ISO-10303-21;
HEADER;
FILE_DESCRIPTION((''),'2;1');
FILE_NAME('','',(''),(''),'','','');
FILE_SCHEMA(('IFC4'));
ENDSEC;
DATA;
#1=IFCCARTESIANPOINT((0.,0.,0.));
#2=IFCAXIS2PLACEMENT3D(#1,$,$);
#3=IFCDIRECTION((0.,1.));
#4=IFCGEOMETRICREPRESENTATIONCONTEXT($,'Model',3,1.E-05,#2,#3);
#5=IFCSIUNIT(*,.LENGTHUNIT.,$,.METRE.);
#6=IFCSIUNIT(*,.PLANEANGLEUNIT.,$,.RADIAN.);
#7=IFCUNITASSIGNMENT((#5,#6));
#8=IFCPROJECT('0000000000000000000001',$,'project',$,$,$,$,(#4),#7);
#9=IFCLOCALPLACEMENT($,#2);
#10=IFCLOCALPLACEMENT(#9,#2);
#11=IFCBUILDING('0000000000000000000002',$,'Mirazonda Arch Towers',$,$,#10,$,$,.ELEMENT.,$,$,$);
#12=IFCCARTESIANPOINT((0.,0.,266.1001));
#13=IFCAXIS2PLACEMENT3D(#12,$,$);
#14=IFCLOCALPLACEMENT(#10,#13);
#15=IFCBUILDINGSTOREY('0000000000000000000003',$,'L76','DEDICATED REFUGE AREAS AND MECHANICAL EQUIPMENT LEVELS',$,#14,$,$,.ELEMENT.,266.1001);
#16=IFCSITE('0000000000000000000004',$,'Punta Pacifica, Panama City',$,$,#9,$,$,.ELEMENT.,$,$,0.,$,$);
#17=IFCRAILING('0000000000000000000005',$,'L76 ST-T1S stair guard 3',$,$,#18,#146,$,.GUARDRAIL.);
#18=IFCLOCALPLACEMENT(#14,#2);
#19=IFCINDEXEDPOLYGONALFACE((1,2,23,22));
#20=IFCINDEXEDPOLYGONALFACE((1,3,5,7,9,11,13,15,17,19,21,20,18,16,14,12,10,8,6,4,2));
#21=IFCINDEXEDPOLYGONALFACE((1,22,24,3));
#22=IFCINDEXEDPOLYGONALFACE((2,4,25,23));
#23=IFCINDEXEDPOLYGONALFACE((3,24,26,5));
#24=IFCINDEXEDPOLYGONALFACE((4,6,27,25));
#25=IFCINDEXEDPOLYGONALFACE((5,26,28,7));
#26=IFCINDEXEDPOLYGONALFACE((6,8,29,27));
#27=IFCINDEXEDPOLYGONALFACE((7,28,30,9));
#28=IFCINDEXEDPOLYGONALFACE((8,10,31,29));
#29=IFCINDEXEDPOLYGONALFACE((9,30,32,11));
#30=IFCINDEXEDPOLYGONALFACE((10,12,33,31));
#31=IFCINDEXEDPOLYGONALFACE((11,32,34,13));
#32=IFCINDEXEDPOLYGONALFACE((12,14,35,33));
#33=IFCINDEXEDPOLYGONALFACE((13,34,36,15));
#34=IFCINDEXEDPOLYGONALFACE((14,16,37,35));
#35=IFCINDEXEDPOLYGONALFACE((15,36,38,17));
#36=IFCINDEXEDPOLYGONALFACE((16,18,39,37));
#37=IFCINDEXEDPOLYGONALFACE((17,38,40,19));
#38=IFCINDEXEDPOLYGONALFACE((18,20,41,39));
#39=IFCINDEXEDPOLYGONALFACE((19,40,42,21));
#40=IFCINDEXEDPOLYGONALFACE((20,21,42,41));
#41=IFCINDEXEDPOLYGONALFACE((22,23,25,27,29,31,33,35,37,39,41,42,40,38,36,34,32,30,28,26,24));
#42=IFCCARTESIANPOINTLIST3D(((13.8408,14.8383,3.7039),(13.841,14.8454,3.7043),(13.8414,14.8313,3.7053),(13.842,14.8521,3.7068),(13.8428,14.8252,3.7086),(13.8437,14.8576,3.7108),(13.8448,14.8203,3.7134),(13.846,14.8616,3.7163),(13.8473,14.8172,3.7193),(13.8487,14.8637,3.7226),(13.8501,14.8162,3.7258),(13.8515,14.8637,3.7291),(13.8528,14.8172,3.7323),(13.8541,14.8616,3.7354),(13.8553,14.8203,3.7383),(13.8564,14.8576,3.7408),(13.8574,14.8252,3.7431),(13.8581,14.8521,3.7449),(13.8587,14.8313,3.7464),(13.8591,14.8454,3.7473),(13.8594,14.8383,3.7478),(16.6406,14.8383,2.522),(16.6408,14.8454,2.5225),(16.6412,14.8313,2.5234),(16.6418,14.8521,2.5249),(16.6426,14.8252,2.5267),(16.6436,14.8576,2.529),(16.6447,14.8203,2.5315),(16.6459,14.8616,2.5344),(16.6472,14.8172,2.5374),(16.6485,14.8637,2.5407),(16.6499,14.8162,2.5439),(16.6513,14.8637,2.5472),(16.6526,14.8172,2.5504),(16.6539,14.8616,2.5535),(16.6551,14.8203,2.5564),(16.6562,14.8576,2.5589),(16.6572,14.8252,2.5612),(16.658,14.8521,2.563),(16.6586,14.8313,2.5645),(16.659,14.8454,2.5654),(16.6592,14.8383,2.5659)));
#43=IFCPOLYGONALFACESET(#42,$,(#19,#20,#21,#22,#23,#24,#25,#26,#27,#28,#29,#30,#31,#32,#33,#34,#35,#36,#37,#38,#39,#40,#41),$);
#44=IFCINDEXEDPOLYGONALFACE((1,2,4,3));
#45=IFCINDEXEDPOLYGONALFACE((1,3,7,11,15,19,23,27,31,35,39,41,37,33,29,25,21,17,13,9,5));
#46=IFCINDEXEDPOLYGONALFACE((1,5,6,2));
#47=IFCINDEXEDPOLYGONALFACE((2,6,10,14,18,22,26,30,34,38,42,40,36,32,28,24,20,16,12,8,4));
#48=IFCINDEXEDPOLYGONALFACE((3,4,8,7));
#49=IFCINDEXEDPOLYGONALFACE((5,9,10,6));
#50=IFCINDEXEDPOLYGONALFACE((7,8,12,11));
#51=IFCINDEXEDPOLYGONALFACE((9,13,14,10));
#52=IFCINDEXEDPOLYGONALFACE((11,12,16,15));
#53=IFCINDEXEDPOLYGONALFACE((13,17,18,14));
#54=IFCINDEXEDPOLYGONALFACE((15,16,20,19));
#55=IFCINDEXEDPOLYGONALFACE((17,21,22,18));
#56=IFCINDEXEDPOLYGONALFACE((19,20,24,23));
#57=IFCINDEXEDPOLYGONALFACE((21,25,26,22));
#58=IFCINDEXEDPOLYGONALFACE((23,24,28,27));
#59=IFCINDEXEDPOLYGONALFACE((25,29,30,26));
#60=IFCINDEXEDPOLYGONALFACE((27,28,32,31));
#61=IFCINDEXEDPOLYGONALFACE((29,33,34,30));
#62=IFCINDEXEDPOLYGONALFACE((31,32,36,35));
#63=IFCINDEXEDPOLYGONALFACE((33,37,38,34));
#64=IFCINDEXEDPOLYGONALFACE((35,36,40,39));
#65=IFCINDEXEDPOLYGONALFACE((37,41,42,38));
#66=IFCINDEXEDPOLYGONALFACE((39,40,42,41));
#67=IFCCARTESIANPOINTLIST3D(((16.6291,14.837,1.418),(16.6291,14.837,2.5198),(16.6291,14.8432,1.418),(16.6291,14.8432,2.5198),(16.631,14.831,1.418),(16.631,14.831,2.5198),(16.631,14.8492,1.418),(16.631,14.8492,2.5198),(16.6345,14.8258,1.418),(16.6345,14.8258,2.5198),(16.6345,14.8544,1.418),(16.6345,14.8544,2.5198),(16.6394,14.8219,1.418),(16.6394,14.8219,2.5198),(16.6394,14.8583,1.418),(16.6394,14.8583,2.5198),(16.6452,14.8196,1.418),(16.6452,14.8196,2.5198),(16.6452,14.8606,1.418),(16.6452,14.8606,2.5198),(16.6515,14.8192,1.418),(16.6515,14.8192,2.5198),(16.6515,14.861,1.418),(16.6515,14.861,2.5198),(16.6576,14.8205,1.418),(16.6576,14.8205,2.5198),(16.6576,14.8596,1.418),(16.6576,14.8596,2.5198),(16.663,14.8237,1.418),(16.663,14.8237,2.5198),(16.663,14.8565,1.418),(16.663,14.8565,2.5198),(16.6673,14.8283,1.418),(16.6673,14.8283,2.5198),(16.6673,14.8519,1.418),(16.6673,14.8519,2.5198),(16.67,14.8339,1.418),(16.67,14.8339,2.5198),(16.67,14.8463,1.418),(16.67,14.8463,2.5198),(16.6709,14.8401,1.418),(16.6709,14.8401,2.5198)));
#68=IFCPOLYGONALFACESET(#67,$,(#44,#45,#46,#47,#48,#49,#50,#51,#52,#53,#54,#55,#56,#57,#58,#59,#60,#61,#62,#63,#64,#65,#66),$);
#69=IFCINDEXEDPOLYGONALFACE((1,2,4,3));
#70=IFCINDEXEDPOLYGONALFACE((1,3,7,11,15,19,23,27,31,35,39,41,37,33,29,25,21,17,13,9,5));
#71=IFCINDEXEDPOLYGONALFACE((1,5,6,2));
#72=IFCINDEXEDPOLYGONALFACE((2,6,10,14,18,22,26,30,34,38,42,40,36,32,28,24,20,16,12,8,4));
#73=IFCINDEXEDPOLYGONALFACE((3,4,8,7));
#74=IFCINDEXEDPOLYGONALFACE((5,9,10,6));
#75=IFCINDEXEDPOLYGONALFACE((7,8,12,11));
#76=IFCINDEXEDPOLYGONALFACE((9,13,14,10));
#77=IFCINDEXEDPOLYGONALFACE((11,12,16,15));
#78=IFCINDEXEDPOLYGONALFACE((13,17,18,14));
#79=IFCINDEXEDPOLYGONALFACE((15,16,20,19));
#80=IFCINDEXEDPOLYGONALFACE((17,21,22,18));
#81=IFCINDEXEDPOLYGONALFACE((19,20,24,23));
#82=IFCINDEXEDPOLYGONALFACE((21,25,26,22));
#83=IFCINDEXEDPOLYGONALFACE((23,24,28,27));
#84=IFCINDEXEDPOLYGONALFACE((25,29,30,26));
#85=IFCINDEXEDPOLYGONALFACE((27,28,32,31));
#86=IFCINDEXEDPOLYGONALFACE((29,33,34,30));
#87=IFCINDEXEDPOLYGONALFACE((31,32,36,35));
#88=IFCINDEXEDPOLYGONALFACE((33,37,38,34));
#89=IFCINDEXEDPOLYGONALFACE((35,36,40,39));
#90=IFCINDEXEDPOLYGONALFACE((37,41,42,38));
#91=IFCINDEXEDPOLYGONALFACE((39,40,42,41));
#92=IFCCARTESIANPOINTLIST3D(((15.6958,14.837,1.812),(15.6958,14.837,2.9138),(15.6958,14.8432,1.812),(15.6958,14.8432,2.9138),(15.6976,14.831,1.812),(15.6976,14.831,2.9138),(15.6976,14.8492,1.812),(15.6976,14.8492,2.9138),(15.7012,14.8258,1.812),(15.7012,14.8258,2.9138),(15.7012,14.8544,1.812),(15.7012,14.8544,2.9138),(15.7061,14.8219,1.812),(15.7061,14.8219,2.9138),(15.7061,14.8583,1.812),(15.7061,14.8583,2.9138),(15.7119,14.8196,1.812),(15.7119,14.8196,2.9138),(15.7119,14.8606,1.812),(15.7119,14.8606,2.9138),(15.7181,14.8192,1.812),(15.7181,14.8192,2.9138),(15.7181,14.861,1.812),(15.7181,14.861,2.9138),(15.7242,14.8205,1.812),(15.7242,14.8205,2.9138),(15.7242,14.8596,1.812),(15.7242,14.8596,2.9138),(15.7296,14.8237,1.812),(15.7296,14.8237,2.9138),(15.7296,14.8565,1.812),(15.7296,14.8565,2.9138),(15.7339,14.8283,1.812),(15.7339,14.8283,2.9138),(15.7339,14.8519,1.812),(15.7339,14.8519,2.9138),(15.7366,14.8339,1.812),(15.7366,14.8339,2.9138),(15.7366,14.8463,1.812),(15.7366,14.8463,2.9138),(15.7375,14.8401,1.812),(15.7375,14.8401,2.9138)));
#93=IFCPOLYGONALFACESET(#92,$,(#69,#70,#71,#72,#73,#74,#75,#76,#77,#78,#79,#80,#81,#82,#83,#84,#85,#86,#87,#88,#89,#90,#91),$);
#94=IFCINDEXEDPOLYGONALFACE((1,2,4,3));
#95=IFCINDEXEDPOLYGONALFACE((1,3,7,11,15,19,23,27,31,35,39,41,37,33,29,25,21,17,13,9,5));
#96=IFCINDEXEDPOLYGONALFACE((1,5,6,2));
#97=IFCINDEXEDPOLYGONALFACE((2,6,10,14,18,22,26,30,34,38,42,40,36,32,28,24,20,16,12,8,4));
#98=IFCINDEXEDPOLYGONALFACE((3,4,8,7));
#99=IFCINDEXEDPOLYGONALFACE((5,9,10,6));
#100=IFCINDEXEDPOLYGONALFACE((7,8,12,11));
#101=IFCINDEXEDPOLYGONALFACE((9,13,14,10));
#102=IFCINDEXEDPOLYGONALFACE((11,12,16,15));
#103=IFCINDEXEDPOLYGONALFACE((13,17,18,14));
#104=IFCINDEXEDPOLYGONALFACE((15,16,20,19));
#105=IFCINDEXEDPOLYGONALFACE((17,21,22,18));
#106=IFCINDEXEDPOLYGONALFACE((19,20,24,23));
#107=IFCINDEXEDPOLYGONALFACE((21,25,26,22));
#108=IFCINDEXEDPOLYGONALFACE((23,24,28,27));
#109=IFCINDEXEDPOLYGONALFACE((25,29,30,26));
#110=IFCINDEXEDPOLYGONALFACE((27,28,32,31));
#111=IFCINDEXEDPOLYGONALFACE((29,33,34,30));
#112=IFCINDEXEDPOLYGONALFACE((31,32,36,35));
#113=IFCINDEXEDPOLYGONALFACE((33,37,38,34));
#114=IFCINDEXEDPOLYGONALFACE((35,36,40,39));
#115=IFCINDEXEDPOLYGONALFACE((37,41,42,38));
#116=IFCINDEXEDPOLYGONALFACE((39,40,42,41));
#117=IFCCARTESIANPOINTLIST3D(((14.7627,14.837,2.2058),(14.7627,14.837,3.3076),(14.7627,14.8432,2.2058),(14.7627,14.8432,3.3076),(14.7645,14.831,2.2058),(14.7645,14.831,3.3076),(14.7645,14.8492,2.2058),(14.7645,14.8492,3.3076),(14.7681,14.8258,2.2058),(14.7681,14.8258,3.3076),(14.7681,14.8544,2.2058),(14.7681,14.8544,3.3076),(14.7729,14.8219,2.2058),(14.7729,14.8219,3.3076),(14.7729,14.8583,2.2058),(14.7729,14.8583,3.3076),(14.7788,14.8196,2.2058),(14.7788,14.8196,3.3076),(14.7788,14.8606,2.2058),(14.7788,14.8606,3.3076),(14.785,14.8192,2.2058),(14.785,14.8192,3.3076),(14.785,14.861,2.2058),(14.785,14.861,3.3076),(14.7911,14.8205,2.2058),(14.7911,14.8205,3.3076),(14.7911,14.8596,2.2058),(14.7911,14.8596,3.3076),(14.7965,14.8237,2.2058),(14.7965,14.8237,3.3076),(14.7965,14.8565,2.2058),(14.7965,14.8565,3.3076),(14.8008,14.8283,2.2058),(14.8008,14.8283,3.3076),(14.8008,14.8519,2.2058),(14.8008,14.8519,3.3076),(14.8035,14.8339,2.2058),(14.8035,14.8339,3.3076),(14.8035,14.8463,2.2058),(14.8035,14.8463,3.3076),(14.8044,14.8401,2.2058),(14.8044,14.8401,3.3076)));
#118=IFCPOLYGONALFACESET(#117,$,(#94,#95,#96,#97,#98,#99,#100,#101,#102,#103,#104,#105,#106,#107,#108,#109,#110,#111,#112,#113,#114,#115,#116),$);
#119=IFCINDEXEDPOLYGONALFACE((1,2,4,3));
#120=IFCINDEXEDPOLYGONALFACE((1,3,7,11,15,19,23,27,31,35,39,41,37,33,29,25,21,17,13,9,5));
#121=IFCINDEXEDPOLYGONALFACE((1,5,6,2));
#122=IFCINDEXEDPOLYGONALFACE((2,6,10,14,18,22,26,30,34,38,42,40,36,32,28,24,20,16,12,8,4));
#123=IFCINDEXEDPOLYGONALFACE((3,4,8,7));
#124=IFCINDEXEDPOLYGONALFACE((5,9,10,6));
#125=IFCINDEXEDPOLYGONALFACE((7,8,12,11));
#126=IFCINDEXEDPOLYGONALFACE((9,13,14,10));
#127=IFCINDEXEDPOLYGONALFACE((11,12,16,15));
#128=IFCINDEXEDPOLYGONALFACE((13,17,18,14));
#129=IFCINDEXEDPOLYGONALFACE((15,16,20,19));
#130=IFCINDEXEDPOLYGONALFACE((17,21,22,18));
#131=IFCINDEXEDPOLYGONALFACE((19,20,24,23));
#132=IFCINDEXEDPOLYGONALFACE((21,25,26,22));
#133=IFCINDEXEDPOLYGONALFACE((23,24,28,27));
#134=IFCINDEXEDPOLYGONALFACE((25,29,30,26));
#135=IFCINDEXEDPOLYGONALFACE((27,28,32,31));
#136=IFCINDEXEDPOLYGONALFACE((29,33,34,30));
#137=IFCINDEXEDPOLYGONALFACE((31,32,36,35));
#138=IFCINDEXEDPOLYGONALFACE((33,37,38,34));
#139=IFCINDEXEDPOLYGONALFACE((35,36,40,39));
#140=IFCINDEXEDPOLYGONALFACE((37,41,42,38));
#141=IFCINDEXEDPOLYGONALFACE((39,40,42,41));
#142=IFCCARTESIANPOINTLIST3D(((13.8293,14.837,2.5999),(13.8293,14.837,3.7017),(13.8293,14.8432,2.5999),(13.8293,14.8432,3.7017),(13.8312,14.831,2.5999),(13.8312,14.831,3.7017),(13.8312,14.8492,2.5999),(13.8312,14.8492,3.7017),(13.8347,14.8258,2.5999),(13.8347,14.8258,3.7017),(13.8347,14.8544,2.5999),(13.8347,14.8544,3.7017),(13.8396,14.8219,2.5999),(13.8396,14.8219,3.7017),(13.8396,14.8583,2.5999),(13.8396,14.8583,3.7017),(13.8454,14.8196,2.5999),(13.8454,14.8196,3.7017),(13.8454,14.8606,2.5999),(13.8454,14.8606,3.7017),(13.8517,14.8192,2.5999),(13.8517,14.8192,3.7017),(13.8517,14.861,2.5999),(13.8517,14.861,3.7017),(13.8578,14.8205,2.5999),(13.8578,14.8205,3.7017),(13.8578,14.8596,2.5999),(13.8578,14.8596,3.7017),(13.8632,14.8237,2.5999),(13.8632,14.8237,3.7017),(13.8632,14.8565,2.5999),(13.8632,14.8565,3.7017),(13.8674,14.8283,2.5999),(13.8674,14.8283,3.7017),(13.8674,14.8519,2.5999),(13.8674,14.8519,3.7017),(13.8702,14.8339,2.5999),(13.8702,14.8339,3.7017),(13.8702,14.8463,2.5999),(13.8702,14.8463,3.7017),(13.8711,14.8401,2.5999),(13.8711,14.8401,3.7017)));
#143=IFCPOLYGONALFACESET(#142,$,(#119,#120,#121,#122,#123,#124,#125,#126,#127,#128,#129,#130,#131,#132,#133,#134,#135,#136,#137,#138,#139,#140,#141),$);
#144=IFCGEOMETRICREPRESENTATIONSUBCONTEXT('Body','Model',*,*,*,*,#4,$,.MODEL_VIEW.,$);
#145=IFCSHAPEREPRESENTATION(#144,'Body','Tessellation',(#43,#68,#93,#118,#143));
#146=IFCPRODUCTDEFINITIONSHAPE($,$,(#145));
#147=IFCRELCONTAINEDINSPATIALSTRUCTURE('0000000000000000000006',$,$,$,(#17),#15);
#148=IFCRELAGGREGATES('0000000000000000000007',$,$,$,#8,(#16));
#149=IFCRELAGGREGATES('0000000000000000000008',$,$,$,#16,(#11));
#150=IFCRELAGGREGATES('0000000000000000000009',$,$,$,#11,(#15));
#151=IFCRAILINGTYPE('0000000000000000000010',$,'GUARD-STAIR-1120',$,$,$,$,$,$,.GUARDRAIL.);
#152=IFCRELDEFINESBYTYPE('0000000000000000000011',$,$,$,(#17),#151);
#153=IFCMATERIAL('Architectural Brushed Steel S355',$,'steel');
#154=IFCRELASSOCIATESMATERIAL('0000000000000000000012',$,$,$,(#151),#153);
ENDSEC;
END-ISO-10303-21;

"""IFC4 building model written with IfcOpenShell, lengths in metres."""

from ifc_helpers import new_model, si_unit, direction, frame, origin, origin_2d, place, context, subcontext, project, spatial, circle, extrude, material, type_object, element, save


model = new_model("IFC4")

# Units and contexts
model_context = context("Model", 3, precision=1e-05, world=origin(), true_north=direction((0.0, 1.0)))
body_context = subcontext(model_context, "Body", "Model", "MODEL_VIEW")
ifc_project = project(units=[si_unit("LENGTHUNIT", "METRE"), si_unit("PLANEANGLEUNIT", "RADIAN")], contexts=[model_context])

# Site, building, storey
site_placement = place(None, origin())
site = spatial("IfcSite", under=ifc_project, at=site_placement, Name="Punta Pacifica, Panama City", CompositionType="ELEMENT", RefElevation=0.0)
building_placement = place(site_placement, origin())
building = spatial("IfcBuilding", under=site, at=building_placement, Name="Mirazonda Arch Towers", CompositionType="ELEMENT")
storey_placement = place(building_placement, frame((0.0, 0.0, 266.1001)))
storey = spatial("IfcBuildingStorey", under=building, at=storey_placement, Name="L76", Description="DEDICATED REFUGE AREAS AND MECHANICAL EQUIPMENT LEVELS", CompositionType="ELEMENT", Elevation=266.1001)

# Railing
ifc_material_1 = material(Name="Architectural Brushed Steel S355", Category="steel")
railing_type_1 = type_object("IfcRailingType", Name="GUARD-STAIR-1120", PredefinedType="GUARDRAIL", material=ifc_material_1)
railing_1_placement = place(storey_placement, frame((16.6499, 14.8401, 1.418)))
element("IfcRailing", 1, at=railing_1_placement, inside=storey, type_object=railing_type_1, Name="L76 ST-T1S stair guard 3", PredefinedType="GUARDRAIL", context=body_context, shape_type="SweptSolid", body=[
    extrude(circle(Radius=0.0239, at=origin_2d()), frame((0.0, 0.0, 1.126), z_axis=(-0.92128, 0.0, 0.388901), x_axis=(0.0, -1.0, 0.0)), (0.0, 0.0, 1.0), 3.0391),
    extrude(circle(Radius=0.021, at=origin_2d()), origin(), (0.0, 0.0, 1.0), 1.1018),
    extrude(circle(Radius=0.021, at=origin_2d()), frame((-0.9333, 0.0, 0.394)), (0.0, 0.0, 1.0), 1.1018),
    extrude(circle(Radius=0.021, at=origin_2d()), frame((-1.8665, 0.0, 0.7878)), (0.0, 0.0, 1.0), 1.1018),
    extrude(circle(Radius=0.021, at=origin_2d()), frame((-2.7998, 0.0, 1.1819)), (0.0, 0.0, 1.0), 1.1018),
])

save(model, "model.ifc")
